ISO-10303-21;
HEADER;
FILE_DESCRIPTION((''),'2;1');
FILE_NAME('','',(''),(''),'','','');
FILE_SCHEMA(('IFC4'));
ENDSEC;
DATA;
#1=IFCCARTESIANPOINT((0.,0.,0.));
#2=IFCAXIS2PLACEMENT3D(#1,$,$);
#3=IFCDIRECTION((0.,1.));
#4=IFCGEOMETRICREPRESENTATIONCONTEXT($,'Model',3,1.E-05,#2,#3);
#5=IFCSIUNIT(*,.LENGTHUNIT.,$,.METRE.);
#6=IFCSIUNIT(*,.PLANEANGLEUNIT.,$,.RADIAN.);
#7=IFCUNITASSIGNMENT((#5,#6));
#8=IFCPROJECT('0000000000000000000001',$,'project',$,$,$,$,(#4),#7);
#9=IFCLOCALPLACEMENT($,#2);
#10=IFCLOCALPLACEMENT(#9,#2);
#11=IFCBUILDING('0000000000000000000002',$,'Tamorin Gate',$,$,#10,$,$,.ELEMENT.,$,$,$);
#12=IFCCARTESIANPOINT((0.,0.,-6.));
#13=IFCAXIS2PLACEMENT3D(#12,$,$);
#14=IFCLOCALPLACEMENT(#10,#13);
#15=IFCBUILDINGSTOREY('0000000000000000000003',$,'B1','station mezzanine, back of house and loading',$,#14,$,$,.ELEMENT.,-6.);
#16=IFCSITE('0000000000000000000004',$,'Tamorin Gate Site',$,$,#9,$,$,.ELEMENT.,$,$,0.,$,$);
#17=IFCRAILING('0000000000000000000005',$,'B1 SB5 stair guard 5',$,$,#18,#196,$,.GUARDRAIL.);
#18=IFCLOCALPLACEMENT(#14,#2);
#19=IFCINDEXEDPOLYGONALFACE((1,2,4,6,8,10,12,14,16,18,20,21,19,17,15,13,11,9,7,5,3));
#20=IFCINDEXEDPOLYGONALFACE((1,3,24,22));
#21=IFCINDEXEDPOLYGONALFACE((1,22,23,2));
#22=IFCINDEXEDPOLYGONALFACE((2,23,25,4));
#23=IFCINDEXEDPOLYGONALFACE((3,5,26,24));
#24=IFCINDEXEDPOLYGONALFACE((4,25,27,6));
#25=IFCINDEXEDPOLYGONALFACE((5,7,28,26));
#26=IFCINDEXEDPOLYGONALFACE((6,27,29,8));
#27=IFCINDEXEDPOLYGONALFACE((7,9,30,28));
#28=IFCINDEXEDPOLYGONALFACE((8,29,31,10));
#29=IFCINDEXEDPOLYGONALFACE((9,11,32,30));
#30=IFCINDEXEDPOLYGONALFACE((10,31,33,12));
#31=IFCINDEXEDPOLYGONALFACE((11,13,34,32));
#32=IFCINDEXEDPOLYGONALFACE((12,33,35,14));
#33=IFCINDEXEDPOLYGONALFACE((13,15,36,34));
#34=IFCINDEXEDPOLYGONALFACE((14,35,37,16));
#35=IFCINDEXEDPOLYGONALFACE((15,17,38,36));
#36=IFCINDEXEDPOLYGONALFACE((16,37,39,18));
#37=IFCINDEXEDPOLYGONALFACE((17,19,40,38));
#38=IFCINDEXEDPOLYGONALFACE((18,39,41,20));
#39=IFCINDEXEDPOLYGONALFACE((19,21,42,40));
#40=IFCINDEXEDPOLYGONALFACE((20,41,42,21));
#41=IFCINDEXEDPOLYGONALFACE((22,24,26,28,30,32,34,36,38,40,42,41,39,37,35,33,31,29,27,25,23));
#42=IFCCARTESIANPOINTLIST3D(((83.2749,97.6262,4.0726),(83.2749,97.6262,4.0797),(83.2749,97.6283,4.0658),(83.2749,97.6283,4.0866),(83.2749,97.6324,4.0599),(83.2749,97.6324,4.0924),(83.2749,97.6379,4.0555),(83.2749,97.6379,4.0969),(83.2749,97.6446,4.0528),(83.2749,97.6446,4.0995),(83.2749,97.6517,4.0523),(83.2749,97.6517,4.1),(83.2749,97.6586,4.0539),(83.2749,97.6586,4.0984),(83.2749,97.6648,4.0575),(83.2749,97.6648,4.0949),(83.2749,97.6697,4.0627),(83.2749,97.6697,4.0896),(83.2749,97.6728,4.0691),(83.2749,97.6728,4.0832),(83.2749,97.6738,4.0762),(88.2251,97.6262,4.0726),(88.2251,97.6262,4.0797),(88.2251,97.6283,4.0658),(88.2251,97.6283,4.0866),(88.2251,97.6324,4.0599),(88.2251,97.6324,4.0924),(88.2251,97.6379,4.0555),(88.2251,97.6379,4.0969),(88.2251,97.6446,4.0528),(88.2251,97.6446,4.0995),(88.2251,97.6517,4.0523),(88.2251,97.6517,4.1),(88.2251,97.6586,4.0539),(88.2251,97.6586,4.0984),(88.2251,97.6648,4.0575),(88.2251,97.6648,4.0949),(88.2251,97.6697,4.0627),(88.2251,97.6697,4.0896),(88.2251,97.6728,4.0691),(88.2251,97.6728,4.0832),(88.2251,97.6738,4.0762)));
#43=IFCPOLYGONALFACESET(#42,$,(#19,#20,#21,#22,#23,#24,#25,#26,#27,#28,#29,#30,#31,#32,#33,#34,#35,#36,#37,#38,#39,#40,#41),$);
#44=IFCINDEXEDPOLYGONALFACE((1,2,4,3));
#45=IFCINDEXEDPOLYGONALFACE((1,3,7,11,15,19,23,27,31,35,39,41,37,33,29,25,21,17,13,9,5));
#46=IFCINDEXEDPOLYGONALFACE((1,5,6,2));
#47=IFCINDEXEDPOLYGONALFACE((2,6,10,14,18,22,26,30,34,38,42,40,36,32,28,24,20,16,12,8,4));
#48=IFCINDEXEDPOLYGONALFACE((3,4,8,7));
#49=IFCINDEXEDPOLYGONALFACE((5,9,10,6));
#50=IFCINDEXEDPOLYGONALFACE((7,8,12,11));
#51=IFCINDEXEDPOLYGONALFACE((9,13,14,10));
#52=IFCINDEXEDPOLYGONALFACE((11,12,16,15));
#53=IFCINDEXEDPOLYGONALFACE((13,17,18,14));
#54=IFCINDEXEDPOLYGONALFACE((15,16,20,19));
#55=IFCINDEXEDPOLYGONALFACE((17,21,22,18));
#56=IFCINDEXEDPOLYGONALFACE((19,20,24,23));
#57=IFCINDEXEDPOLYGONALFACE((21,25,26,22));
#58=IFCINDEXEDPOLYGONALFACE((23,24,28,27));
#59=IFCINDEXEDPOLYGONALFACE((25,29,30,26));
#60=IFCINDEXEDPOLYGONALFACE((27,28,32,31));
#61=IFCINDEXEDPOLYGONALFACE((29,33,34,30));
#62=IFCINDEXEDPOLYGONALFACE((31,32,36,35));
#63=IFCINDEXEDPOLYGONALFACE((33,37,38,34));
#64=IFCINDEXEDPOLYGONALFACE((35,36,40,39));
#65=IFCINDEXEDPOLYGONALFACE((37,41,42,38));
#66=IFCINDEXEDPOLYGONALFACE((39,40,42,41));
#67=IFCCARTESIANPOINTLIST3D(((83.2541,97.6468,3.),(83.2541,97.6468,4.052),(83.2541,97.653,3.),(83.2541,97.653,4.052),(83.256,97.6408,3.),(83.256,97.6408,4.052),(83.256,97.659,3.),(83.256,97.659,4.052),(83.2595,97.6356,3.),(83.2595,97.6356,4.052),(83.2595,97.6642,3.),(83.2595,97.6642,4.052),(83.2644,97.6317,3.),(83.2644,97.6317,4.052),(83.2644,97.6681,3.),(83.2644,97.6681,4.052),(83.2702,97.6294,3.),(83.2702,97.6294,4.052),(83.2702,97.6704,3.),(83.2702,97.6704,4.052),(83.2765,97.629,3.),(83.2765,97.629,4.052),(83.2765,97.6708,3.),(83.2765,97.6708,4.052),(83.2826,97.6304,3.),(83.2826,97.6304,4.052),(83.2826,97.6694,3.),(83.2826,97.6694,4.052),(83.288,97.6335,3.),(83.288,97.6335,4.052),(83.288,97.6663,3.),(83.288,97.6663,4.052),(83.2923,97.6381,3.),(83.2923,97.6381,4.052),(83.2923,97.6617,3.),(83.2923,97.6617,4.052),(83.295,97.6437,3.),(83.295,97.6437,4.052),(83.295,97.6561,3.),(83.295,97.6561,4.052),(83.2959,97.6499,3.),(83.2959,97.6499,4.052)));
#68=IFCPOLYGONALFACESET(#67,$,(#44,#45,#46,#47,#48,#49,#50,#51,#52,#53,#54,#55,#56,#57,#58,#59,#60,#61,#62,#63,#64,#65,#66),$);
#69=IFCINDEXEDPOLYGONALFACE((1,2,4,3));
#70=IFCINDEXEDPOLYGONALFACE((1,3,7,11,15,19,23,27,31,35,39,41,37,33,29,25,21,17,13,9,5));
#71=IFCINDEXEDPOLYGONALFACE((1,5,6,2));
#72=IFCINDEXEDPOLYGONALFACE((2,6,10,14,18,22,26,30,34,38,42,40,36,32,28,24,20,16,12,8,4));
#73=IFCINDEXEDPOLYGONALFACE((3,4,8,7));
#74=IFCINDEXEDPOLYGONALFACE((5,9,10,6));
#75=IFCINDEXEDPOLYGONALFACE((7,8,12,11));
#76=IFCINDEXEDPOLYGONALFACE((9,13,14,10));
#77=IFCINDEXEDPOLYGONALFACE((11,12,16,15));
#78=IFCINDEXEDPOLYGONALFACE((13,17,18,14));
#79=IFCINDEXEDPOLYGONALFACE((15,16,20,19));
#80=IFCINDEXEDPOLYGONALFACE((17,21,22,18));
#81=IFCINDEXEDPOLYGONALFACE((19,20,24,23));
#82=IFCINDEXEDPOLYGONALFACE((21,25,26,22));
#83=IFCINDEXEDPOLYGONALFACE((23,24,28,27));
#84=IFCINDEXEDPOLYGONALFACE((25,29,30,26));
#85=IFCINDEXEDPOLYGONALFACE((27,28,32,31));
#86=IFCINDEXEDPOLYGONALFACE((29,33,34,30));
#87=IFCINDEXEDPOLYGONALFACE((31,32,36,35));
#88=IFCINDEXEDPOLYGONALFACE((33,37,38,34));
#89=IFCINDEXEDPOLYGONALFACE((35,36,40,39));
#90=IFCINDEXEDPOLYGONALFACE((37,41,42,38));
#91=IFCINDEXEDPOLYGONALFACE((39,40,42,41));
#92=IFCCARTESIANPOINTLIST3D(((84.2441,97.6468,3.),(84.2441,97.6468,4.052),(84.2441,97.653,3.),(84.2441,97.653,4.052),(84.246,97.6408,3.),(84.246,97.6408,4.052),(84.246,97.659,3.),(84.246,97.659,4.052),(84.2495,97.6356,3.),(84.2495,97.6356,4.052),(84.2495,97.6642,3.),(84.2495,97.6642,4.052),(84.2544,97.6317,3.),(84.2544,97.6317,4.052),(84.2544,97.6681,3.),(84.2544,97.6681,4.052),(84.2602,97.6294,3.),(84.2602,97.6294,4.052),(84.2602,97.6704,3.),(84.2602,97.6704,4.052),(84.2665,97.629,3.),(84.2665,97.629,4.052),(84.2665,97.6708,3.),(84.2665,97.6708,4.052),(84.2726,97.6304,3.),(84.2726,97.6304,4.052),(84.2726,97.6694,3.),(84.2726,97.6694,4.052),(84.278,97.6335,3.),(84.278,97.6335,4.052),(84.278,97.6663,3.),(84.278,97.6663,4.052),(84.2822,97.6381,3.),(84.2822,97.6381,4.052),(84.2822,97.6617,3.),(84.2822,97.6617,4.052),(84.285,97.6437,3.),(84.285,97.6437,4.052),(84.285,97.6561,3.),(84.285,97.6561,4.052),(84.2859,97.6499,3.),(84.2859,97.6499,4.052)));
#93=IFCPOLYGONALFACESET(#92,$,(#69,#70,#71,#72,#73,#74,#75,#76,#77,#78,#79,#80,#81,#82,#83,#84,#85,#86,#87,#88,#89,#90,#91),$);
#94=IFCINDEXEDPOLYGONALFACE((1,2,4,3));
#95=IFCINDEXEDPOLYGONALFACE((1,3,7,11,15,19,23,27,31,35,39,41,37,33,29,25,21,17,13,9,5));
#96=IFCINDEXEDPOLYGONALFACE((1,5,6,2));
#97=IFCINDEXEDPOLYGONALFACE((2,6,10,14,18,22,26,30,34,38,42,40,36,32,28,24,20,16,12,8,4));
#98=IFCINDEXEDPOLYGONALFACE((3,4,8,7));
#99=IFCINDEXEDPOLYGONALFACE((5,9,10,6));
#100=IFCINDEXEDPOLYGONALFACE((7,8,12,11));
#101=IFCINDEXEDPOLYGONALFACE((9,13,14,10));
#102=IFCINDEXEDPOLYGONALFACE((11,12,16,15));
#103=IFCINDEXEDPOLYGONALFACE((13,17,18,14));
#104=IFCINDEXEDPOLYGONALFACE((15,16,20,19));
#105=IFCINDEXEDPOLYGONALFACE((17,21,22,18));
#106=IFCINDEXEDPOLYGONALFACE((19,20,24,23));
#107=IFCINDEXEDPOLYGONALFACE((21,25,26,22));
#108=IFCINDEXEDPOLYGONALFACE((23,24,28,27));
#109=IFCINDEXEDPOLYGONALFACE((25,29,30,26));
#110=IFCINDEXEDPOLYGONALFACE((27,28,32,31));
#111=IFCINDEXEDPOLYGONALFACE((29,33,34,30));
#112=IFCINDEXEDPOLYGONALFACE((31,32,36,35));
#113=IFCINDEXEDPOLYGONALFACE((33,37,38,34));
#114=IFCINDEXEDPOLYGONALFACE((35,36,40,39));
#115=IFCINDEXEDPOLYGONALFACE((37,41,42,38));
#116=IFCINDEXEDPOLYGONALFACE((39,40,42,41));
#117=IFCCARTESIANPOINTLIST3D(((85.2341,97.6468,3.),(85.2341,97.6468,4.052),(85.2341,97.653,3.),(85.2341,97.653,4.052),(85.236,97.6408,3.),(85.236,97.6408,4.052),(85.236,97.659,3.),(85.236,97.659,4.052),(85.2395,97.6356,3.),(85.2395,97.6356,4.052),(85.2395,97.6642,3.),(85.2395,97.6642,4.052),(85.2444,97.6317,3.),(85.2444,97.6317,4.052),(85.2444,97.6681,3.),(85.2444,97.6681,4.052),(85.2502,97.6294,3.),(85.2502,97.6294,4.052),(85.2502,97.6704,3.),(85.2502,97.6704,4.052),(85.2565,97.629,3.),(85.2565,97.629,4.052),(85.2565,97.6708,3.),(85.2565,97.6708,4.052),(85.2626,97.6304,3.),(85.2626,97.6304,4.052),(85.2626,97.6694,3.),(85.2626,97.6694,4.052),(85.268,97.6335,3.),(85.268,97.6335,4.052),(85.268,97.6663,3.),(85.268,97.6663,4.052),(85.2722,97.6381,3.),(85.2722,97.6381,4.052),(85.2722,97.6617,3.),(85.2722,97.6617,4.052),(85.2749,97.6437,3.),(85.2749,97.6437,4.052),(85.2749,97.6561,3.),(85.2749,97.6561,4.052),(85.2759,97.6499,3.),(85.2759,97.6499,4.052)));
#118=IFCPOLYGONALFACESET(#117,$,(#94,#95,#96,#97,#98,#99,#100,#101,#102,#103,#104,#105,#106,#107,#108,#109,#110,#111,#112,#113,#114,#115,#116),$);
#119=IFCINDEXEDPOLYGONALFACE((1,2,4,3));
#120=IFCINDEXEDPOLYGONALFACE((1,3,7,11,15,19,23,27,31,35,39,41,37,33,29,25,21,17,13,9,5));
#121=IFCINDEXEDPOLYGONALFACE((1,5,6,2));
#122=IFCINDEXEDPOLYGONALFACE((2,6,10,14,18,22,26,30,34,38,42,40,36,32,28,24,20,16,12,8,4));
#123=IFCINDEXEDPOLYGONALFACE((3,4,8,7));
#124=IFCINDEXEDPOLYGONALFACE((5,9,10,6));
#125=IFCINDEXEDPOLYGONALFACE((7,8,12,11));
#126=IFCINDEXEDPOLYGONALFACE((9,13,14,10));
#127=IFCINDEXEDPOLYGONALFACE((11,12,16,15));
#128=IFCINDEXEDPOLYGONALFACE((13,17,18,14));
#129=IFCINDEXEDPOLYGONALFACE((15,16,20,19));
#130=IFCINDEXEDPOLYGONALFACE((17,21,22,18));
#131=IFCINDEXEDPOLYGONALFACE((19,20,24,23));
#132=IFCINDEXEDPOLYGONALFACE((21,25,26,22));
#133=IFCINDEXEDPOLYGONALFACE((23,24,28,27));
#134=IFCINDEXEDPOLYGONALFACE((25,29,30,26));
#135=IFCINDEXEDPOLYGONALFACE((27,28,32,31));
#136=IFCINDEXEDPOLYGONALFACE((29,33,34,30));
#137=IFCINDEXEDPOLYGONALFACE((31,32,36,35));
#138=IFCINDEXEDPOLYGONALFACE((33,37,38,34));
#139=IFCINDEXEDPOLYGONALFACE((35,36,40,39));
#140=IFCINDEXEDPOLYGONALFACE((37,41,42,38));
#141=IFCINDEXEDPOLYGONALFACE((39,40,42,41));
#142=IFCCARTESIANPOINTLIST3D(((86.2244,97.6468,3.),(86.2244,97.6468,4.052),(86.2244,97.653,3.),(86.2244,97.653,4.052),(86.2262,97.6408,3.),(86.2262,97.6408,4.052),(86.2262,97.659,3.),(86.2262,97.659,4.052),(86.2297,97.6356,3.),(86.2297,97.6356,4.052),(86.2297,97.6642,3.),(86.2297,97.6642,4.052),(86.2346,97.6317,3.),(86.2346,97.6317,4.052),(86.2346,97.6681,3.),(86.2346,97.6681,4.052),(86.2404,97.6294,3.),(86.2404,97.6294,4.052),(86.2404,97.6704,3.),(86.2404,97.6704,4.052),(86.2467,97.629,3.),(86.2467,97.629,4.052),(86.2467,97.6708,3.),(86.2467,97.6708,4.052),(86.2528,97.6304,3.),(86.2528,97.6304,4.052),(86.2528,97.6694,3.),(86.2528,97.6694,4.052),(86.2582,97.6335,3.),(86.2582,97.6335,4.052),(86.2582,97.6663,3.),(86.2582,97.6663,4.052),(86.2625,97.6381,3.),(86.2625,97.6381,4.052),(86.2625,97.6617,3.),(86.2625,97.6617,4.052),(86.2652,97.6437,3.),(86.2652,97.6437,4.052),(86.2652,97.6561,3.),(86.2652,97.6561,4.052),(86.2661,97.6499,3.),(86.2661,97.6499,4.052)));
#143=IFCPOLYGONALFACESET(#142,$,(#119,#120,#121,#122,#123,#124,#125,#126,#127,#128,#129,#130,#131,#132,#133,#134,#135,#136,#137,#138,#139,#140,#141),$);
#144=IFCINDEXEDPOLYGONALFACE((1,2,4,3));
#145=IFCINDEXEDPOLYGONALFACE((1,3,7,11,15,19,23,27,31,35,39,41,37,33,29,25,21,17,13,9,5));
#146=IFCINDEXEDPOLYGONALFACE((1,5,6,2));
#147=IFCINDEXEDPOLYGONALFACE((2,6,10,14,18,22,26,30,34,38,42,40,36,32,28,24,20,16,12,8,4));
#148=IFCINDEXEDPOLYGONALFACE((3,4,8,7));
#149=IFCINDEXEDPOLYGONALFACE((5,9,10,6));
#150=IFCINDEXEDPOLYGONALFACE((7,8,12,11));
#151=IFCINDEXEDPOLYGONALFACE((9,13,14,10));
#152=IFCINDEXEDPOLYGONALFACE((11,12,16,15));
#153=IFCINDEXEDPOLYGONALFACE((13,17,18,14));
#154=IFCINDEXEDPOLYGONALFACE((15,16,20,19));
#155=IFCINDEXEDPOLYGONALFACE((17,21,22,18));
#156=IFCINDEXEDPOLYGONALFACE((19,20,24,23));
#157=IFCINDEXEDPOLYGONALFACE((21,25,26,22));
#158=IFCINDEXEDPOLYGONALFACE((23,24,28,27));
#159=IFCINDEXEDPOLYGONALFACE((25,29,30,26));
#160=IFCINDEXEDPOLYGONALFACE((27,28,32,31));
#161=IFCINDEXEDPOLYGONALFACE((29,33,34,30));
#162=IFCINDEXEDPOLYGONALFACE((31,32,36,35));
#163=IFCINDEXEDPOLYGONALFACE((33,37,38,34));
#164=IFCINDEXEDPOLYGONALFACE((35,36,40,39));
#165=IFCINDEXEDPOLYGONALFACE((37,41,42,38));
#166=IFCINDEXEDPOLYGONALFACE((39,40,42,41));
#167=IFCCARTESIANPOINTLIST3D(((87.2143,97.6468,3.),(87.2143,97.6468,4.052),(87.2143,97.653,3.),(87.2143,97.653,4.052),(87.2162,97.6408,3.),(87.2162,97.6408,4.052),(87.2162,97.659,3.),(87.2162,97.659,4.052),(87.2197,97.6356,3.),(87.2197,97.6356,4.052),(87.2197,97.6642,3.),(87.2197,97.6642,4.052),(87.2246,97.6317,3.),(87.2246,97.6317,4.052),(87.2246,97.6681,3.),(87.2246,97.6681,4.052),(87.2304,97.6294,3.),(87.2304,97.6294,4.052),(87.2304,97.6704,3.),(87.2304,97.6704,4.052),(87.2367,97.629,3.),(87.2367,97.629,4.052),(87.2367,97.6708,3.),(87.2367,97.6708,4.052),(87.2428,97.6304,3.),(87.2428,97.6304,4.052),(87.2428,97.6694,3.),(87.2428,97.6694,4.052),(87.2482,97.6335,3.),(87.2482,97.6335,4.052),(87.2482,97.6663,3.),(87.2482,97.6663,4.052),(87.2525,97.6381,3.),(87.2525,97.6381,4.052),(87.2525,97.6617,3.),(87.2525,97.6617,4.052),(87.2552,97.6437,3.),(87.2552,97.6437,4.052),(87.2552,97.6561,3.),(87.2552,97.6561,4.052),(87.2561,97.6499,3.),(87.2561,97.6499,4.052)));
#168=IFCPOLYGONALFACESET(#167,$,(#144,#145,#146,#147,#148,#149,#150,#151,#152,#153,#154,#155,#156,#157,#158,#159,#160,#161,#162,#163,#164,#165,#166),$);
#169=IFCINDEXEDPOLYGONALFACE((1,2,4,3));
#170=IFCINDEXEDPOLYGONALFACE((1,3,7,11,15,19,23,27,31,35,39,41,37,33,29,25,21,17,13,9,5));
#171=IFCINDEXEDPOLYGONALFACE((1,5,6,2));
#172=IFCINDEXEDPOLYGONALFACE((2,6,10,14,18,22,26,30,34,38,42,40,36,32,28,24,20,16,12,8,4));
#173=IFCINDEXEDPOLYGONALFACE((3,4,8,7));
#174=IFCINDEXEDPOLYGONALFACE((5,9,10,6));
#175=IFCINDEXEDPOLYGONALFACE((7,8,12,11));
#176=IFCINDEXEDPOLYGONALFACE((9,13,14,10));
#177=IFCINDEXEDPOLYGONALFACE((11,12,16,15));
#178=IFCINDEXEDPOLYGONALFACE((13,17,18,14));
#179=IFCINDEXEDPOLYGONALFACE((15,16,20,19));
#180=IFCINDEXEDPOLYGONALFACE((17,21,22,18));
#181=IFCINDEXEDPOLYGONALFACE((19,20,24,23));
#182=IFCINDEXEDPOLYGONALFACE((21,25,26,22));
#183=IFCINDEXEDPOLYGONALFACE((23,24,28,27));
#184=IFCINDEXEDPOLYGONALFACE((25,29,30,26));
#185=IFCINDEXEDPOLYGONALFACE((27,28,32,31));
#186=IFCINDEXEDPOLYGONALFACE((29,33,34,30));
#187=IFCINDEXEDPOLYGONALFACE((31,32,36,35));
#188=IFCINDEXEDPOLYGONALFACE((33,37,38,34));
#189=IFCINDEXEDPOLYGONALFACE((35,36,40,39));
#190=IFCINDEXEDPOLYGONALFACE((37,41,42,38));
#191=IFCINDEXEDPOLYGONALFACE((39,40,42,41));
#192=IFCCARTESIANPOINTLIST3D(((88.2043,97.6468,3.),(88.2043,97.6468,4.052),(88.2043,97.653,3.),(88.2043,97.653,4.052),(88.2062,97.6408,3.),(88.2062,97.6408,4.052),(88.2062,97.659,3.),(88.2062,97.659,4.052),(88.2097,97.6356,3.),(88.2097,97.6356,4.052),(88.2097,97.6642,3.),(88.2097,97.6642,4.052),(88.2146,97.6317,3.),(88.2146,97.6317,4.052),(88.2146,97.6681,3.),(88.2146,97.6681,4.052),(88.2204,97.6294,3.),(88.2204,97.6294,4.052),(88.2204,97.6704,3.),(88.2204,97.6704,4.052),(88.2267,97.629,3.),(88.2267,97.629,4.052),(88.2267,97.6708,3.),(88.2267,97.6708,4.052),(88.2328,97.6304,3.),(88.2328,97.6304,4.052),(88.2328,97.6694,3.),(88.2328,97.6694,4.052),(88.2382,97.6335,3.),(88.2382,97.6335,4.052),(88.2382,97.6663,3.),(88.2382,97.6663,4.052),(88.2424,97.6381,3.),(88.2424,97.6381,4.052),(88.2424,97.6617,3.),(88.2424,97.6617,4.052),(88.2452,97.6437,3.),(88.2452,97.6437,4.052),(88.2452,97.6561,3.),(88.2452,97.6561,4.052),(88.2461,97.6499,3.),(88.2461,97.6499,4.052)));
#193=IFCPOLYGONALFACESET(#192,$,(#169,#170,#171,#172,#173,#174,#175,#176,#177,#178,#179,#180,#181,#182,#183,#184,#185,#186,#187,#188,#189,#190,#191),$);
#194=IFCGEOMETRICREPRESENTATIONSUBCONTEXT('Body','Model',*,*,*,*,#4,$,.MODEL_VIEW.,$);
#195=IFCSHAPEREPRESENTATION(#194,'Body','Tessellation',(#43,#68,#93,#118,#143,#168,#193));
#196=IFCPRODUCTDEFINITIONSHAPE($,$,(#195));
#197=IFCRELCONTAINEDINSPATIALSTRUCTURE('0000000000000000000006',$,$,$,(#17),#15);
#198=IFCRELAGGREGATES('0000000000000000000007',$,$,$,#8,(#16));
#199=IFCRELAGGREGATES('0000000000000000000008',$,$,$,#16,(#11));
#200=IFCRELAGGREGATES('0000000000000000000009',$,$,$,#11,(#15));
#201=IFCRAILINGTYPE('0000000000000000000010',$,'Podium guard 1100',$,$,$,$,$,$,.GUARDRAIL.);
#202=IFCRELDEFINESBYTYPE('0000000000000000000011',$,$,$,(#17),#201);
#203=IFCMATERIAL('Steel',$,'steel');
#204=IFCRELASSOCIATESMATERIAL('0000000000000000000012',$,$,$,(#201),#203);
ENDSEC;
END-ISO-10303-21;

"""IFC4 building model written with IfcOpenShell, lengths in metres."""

from ifc_helpers import new_model, si_unit, direction, frame, origin, origin_2d, place, context, subcontext, project, spatial, circle, extrude, material, type_object, element, save


model = new_model("IFC4")

# Units and contexts
model_context = context("Model", 3, precision=1e-05, world=origin(), true_north=direction((0.0, 1.0)))
body_context = subcontext(model_context, "Body", "Model", "MODEL_VIEW")
ifc_project = project(units=[si_unit("LENGTHUNIT", "METRE"), si_unit("PLANEANGLEUNIT", "RADIAN")], contexts=[model_context])

# Site, building, storey
site_placement = place(None, origin())
site = spatial("IfcSite", under=ifc_project, at=site_placement, Name="Tamorin Gate Site", CompositionType="ELEMENT", RefElevation=0.0)
building_placement = place(site_placement, origin())
building = spatial("IfcBuilding", under=site, at=building_placement, Name="Tamorin Gate", CompositionType="ELEMENT")
storey_placement = place(building_placement, frame((0.0, 0.0, -6.0)))
storey = spatial("IfcBuildingStorey", under=building, at=storey_placement, Name="B1", Description="station mezzanine, back of house and loading", CompositionType="ELEMENT", Elevation=-6.0)

# Railing
ifc_material_1 = material(Name="Steel", Category="steel")
railing_type_1 = type_object("IfcRailingType", Name="Podium guard 1100", PredefinedType="GUARDRAIL", material=ifc_material_1)
railing_1_placement = place(storey_placement, frame((83.2749, 97.6499, 3.0)))
element("IfcRailing", 1, at=railing_1_placement, inside=storey, type_object=railing_type_1, Name="B1 SB5 stair guard 5", PredefinedType="GUARDRAIL", context=body_context, shape_type="SweptSolid", body=[
    extrude(circle(Radius=0.0239, at=origin_2d()), frame((0.0, 0.0, 1.0762), z_axis=(1.0, 0.0, 0.0), x_axis=(0.0, 1.0, 0.0)), (0.0, 0.0, 1.0), 4.9502),
    extrude(circle(Radius=0.021, at=origin_2d()), origin(), (0.0, 0.0, 1.0), 1.052),
    extrude(circle(Radius=0.021, at=origin_2d()), frame((0.99, 0.0, 0.0)), (0.0, 0.0, 1.0), 1.052),
    extrude(circle(Radius=0.021, at=origin_2d()), frame((1.98, 0.0, 0.0)), (0.0, 0.0, 1.0), 1.052),
    extrude(circle(Radius=0.021, at=origin_2d()), frame((2.9702, 0.0, 0.0)), (0.0, 0.0, 1.0), 1.052),
    extrude(circle(Radius=0.021, at=origin_2d()), frame((3.9602, 0.0, 0.0)), (0.0, 0.0, 1.0), 1.052),
    extrude(circle(Radius=0.021, at=origin_2d()), frame((4.9502, 0.0, 0.0)), (0.0, 0.0, 1.0), 1.052),
])

save(model, "model.ifc")
